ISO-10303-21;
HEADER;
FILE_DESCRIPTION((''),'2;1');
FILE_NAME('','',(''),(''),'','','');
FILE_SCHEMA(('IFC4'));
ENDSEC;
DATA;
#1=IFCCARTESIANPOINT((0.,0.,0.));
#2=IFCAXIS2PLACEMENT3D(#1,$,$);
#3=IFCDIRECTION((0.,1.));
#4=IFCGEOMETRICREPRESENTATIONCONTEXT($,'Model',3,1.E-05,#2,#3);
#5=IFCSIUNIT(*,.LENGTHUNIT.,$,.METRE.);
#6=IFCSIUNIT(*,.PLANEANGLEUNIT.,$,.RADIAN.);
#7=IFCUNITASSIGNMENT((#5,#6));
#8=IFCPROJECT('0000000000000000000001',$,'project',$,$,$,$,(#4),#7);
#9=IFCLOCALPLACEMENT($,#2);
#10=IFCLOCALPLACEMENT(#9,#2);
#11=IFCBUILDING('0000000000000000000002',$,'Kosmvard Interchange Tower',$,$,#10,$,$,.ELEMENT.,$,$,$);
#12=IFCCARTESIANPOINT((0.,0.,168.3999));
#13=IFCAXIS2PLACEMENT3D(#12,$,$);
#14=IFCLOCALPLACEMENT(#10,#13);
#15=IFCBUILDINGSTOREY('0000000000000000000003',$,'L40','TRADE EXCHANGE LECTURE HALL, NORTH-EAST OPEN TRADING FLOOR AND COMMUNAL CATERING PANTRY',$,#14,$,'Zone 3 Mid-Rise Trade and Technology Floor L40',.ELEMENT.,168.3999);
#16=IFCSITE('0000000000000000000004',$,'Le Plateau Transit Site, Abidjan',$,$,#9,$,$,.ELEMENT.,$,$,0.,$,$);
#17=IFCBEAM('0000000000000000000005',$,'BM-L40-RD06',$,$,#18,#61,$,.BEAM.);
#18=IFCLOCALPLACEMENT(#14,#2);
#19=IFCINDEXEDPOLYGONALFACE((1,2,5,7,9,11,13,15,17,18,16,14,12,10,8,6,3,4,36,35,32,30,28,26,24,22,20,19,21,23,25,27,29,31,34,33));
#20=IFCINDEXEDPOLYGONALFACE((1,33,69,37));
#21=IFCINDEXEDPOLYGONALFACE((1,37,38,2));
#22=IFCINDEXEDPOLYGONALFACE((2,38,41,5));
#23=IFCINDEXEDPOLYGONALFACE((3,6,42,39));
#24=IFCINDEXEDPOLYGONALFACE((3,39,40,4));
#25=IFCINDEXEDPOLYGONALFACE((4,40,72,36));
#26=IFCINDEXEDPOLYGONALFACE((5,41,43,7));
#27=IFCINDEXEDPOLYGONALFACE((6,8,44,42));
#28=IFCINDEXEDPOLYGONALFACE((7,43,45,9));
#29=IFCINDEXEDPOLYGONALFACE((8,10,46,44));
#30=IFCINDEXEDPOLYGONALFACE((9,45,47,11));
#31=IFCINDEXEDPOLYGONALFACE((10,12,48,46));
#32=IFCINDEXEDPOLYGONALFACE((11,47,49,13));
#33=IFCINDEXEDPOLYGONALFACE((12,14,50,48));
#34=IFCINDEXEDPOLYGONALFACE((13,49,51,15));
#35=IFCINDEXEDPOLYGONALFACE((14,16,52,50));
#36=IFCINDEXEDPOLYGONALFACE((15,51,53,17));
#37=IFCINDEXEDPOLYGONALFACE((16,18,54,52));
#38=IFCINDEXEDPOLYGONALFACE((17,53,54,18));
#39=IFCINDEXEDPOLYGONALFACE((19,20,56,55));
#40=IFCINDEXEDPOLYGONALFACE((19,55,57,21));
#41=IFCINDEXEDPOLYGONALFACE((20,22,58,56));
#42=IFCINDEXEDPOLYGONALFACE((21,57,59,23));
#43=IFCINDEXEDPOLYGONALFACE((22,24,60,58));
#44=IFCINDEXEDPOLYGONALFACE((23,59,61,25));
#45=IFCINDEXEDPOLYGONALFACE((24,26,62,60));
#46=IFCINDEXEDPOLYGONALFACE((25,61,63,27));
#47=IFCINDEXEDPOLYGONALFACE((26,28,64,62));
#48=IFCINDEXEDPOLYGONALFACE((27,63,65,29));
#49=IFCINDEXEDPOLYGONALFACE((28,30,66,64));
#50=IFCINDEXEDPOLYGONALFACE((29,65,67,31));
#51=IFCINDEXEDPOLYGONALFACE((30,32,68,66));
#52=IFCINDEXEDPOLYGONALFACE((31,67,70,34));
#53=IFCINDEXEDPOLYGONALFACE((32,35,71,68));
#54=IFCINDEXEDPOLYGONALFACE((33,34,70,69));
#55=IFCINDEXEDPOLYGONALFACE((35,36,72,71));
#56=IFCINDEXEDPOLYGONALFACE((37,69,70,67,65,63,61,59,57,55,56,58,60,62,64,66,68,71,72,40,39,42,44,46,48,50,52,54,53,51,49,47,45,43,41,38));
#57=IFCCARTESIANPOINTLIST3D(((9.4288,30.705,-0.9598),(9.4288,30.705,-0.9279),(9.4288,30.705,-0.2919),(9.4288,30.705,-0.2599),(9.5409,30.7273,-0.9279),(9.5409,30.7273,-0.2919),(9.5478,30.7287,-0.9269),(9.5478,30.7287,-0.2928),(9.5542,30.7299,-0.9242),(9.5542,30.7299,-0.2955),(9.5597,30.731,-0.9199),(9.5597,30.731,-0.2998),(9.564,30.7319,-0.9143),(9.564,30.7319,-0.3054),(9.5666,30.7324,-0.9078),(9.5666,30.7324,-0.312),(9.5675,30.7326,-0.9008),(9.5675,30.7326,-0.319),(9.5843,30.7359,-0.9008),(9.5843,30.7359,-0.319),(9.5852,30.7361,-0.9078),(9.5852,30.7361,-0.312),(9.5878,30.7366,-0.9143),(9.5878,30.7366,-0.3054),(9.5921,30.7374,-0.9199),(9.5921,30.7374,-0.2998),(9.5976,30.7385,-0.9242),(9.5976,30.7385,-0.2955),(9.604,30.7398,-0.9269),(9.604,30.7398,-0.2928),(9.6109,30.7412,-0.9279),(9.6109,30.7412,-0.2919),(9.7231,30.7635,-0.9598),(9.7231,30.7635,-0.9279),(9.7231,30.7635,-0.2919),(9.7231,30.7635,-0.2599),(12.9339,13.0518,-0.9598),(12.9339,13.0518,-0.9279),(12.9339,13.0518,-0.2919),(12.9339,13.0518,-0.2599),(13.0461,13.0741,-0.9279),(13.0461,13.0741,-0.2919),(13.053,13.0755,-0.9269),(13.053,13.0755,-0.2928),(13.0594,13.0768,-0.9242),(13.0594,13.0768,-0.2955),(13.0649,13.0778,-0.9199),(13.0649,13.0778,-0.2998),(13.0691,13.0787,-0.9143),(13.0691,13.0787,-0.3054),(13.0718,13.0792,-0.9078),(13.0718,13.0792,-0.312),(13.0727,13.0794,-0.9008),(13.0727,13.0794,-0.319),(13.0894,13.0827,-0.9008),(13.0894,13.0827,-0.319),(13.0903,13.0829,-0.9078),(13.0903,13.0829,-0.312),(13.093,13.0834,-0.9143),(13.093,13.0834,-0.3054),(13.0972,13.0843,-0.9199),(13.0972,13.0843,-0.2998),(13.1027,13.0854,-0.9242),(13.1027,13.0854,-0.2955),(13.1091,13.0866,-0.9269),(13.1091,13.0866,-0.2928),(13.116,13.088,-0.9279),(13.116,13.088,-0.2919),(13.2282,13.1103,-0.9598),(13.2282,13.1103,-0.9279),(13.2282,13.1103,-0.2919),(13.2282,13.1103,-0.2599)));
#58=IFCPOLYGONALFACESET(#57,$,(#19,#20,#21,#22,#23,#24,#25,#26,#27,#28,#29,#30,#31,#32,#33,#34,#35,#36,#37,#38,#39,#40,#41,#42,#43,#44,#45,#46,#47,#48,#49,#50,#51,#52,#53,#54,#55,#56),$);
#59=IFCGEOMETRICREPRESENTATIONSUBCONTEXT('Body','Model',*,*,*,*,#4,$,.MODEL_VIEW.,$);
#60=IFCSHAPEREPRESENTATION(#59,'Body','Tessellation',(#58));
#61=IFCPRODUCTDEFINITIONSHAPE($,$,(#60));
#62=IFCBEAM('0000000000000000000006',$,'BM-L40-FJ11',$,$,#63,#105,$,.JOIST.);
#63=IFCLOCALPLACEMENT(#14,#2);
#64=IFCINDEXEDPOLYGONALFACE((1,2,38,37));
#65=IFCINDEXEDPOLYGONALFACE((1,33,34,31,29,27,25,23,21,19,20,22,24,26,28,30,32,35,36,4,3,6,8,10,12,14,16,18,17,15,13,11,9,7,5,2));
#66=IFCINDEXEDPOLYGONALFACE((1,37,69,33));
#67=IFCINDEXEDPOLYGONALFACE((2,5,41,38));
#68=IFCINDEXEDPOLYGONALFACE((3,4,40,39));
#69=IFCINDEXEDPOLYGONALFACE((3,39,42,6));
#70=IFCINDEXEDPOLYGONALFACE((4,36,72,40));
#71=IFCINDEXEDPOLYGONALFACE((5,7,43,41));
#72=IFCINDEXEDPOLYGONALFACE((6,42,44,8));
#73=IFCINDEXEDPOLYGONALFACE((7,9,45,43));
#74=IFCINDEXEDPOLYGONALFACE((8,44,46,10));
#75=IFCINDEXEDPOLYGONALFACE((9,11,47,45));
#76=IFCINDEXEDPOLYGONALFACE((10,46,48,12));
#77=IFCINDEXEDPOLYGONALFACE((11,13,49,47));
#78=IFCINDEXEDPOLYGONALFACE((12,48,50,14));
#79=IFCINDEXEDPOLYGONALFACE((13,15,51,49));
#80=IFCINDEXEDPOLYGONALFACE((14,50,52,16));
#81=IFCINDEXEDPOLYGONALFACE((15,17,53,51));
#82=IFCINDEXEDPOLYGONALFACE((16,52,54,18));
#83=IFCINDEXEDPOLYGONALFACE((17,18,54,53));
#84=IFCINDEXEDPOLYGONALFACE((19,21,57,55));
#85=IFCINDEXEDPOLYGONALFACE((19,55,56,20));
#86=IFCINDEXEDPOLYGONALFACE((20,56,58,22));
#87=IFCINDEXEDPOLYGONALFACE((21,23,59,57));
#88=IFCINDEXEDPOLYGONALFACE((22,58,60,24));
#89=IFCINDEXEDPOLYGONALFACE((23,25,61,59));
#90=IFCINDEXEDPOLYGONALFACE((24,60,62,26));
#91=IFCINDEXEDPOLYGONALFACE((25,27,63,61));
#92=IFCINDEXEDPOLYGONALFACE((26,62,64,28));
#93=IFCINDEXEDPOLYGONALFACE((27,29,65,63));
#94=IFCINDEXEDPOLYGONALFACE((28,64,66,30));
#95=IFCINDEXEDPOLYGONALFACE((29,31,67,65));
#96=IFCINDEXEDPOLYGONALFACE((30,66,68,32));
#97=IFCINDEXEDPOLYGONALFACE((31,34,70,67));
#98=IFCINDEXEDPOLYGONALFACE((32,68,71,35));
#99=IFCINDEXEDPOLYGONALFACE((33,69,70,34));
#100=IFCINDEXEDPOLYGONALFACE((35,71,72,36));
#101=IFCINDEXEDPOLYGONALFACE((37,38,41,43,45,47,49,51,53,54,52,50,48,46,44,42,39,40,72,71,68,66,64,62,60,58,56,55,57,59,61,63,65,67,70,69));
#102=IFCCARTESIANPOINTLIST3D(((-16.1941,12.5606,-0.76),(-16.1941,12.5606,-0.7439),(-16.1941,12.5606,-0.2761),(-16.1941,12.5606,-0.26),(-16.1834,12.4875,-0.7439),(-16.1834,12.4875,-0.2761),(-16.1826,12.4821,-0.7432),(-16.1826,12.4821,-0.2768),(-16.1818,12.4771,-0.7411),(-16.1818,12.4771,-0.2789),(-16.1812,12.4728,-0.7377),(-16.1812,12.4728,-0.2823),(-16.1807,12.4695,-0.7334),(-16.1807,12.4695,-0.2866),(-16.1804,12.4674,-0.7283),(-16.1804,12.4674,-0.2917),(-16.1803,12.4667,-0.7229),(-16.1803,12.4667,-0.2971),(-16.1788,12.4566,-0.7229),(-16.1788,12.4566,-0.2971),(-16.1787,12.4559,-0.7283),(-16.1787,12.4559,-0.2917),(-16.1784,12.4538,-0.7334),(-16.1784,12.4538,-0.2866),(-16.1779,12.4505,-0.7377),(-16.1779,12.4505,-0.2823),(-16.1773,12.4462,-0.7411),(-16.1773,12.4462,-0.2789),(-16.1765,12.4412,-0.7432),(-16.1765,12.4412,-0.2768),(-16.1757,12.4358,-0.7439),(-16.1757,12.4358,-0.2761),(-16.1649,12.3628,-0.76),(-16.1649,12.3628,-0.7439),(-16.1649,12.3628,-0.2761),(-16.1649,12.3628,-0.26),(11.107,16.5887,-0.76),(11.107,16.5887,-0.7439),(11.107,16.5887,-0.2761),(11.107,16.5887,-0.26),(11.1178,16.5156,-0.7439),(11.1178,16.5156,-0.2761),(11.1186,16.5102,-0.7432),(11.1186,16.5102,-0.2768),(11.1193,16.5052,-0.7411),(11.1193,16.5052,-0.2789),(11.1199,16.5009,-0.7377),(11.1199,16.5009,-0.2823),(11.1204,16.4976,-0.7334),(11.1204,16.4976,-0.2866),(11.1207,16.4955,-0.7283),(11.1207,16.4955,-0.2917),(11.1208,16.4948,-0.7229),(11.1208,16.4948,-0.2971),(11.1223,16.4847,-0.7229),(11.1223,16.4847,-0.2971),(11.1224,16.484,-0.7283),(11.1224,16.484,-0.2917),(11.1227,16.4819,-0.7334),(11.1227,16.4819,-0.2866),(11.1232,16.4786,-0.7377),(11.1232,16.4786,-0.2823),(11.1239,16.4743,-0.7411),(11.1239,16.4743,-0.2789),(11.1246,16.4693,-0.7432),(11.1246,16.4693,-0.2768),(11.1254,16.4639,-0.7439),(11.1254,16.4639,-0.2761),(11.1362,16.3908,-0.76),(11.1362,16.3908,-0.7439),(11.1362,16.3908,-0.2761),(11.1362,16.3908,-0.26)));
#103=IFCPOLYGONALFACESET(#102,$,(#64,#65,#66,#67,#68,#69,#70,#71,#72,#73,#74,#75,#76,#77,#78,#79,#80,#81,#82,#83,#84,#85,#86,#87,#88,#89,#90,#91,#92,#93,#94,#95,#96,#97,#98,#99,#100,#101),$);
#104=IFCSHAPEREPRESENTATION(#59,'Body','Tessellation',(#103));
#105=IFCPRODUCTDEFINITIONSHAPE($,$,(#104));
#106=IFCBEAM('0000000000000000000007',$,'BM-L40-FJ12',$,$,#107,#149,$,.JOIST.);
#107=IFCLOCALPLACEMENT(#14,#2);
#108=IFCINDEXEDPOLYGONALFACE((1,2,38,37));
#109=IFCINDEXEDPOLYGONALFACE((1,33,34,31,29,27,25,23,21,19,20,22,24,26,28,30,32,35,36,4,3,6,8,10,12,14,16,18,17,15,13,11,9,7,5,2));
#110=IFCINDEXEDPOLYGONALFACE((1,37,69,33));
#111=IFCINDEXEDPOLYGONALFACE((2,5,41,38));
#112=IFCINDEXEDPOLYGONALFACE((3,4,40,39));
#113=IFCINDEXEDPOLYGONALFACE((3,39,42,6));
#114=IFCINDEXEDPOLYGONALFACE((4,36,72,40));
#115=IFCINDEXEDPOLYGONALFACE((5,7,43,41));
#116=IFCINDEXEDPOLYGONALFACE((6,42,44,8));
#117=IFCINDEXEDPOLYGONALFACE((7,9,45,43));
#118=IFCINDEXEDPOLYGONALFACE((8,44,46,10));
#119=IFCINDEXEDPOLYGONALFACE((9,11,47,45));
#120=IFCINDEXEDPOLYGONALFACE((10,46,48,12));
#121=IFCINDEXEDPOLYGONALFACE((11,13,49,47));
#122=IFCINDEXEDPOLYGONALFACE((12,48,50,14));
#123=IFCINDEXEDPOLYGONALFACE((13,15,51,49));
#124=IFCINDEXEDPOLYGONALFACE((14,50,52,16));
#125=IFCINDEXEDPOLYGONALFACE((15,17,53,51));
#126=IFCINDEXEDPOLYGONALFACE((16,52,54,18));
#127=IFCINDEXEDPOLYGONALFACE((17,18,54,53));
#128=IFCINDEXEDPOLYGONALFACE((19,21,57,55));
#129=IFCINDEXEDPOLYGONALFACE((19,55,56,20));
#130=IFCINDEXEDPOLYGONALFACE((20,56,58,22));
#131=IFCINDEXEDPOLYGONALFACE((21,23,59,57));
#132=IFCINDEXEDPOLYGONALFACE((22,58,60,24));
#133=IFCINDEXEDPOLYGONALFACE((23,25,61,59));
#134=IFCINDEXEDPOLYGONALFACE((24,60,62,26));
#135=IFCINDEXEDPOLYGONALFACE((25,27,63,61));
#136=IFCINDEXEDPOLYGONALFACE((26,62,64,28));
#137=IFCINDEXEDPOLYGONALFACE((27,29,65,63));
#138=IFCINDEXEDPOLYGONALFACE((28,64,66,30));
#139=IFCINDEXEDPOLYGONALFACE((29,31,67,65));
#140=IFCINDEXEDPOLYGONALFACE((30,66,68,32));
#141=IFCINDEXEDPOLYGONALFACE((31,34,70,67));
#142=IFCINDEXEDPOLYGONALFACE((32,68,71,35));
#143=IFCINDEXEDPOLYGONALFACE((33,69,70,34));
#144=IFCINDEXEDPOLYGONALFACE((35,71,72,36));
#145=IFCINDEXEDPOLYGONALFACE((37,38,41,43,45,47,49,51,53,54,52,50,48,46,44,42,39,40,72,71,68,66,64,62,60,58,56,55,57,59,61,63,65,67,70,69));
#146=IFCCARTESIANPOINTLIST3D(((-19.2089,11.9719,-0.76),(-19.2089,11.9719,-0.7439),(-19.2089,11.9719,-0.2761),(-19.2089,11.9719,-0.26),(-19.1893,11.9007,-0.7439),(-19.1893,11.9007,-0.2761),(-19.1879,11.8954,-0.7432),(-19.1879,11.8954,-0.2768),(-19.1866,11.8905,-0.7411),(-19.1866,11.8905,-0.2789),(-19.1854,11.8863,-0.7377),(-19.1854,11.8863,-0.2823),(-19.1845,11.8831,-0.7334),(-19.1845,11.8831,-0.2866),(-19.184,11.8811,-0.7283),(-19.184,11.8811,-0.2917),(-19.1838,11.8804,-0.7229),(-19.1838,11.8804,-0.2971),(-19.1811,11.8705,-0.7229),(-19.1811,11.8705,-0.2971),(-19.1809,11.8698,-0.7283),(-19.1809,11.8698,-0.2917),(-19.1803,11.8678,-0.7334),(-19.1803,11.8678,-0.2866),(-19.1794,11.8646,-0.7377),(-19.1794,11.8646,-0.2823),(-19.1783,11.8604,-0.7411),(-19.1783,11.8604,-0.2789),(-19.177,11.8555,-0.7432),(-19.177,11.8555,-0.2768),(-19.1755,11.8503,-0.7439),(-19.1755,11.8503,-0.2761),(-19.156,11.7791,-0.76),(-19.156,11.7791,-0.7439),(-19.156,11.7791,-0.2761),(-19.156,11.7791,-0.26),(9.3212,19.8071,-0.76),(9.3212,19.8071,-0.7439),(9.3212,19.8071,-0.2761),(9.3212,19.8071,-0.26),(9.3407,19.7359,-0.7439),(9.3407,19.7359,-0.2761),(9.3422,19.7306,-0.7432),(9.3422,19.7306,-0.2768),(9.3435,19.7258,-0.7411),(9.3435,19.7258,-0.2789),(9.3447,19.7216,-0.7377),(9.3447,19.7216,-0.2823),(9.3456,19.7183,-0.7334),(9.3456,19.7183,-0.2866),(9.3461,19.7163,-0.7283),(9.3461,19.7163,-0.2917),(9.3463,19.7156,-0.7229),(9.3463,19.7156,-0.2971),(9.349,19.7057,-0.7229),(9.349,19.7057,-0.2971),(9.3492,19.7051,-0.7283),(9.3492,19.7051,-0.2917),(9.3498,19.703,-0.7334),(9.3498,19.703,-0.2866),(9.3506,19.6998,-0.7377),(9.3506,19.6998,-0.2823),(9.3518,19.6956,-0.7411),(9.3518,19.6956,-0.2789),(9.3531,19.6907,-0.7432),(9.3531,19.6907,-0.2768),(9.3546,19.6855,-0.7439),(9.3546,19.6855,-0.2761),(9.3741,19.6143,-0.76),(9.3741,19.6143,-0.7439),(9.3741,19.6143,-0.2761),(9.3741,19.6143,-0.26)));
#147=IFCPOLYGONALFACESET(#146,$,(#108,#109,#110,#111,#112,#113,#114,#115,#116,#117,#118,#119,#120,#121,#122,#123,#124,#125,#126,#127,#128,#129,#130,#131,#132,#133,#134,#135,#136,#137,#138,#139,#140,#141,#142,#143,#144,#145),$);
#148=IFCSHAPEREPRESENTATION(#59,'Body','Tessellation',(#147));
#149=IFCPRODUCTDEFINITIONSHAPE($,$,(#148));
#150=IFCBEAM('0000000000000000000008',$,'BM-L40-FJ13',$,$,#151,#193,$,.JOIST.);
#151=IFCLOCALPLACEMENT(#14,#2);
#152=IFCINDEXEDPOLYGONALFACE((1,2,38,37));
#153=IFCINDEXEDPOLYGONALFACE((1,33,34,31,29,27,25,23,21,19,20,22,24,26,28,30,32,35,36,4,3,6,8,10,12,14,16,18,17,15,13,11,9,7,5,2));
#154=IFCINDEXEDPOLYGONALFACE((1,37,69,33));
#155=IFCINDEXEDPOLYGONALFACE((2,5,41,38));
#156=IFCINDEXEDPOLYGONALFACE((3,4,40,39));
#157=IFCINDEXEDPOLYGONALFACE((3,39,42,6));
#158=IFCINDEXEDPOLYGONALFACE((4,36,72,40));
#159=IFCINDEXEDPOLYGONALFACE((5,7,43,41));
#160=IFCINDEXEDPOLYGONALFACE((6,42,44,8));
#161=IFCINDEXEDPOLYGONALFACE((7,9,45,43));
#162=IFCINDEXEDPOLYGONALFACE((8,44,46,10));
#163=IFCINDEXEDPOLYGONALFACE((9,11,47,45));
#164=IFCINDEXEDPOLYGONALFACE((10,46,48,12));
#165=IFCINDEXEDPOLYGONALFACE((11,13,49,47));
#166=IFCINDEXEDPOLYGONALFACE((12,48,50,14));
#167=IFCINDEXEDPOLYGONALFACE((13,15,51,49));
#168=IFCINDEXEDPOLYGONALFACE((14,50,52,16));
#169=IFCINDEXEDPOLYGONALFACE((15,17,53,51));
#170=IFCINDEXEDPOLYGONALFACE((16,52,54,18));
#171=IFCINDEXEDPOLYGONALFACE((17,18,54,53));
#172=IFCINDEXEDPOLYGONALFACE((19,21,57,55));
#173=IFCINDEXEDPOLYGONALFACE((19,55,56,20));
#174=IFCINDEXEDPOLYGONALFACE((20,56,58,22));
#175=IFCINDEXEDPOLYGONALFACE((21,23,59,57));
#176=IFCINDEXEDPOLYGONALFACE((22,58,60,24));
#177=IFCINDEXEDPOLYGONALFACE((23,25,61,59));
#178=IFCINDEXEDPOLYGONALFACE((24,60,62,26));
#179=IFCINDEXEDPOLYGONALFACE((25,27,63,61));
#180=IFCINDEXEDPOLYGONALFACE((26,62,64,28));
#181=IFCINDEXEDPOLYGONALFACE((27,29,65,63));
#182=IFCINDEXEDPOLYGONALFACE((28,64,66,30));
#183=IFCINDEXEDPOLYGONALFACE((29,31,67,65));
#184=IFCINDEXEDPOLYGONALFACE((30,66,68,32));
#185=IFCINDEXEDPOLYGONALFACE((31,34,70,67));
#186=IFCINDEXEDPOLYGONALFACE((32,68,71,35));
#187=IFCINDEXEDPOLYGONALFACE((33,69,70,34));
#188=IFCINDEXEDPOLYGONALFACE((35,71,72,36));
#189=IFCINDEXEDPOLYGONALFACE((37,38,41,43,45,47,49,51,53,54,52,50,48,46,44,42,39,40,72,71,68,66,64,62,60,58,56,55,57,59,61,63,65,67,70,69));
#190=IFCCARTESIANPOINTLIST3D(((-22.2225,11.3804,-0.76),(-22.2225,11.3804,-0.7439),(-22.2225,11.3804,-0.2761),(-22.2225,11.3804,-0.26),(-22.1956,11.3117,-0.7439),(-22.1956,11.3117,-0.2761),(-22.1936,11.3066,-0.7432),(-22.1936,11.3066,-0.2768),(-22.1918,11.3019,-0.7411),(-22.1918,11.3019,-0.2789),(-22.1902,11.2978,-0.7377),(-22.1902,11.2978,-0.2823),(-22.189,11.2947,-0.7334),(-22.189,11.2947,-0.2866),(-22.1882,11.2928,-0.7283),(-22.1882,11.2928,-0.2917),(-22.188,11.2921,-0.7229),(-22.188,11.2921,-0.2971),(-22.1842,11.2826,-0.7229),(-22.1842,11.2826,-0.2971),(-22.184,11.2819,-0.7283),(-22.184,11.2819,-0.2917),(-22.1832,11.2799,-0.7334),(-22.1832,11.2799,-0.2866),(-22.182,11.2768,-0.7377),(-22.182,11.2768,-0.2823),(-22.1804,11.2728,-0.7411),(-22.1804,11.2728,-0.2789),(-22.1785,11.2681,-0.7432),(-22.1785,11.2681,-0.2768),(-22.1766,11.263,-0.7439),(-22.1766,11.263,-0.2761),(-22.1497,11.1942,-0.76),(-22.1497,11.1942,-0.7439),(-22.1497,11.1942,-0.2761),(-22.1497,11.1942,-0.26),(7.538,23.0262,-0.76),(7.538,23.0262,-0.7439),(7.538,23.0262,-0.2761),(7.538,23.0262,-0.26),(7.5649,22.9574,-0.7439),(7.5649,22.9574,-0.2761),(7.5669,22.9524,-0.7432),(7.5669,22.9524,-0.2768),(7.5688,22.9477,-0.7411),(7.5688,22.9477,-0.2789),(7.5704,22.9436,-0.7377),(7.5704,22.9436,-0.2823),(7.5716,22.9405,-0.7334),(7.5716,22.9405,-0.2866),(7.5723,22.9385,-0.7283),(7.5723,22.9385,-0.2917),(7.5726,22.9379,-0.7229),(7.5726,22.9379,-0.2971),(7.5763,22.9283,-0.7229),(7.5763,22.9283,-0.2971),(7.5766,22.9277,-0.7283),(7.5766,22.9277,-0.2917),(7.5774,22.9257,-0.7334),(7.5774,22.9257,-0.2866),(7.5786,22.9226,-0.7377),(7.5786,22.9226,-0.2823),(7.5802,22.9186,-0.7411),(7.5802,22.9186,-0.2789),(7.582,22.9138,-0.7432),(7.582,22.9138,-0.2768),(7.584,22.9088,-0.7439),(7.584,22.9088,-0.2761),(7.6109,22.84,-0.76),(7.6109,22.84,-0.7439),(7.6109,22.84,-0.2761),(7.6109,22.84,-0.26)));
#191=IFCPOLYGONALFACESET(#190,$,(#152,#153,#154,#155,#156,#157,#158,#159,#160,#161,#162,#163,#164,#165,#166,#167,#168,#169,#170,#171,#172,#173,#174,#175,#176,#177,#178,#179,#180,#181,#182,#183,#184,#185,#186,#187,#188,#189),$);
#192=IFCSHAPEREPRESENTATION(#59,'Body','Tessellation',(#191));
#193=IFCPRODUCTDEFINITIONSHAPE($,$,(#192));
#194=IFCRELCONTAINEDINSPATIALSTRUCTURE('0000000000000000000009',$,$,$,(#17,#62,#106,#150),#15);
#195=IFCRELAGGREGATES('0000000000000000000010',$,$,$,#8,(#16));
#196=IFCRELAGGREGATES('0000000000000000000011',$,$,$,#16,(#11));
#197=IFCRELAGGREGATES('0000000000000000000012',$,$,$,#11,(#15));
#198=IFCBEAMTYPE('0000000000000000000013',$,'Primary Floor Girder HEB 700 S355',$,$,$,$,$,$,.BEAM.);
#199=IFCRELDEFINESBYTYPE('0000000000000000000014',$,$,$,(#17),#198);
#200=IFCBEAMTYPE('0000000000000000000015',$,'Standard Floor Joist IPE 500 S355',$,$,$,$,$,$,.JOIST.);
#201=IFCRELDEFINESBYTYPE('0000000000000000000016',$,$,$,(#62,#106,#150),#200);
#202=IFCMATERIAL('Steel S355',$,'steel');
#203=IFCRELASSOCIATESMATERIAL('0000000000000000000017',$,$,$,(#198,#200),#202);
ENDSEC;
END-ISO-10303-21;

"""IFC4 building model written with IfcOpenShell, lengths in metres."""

from ifc_helpers import new_model, si_unit, direction, frame, origin, origin_2d, place, context, subcontext, project, spatial, i_section, extrude, source, transform, mapped, material, material_profile, profile_set, type_object, element, save


model = new_model("IFC4")

# Units and contexts
model_context = context("Model", 3, precision=1e-05, world=origin(), true_north=direction((0.0, 1.0)))
body_context = subcontext(model_context, "Body", "Model", "MODEL_VIEW")
ifc_project = project(units=[si_unit("LENGTHUNIT", "METRE"), si_unit("PLANEANGLEUNIT", "RADIAN")], contexts=[model_context])

# Site, building, storey
site_placement = place(None, origin())
site = spatial("IfcSite", under=ifc_project, at=site_placement, Name="Le Plateau Transit Site, Abidjan", CompositionType="ELEMENT", RefElevation=0.0)
building_placement = place(site_placement, origin())
building = spatial("IfcBuilding", under=site, at=building_placement, Name="Kosmvard Interchange Tower", CompositionType="ELEMENT")
storey_placement = place(building_placement, frame((0.0, 0.0, 168.3999)))
storey = spatial("IfcBuildingStorey", under=building, at=storey_placement, Name="L40", Description="TRADE EXCHANGE LECTURE HALL, NORTH-EAST OPEN TRADING FLOOR AND COMMUNAL CATERING PANTRY", LongName="Zone 3 Mid-Rise Trade and Technology Floor L40", CompositionType="ELEMENT", Elevation=168.3999)

# Beams
ifc_material_1 = material(Name="Steel S355", Category="steel")
ifc_material_profile_1 = material_profile(ifc_material_1, i_section(OverallWidth=0.3, OverallDepth=0.7, WebThickness=0.0171, FlangeThickness=0.032, FilletRadius=0.0271, at=origin_2d()), Name="HEB 700")
ifc_profile_set_1 = profile_set([ifc_material_profile_1], Name="Steel S355")
beam_type_1 = type_object("IfcBeamType", Name="Primary Floor Girder HEB 700 S355", PredefinedType="BEAM", material=ifc_profile_set_1)
shared_shape_1 = source(origin(), body_context, "Body", "SweptSolid", [
    extrude(i_section(OverallWidth=0.3, OverallDepth=0.7, WebThickness=0.0171, FlangeThickness=0.032, FilletRadius=0.0271, at=origin_2d()), origin(), (0.0, 0.0, 1.0), 17.9978),
])
beam_1_placement = place(storey_placement, frame((13.0811, 13.0811, -0.6099), z_axis=(-0.194754, 0.980852, 0.0), x_axis=(-0.980852, -0.194754, 0.0)))
element("IfcBeam", 1, at=beam_1_placement, inside=storey, type_object=beam_type_1, Name="BM-L40-RD06", PredefinedType="BEAM", context=body_context, shape_type="MappedRepresentation", body=[
    mapped(shared_shape_1, transform((0.0, 0.0, 0.0), scale=1.0)),
])
ifc_material_profile_2 = material_profile(ifc_material_1, i_section(OverallWidth=0.2, OverallDepth=0.5, WebThickness=0.0103, FlangeThickness=0.0161, FilletRadius=0.021, at=origin_2d()), Name="IPE 500")
ifc_profile_set_2 = profile_set([ifc_material_profile_2], Name="Steel S355")
beam_type_2 = type_object("IfcBeamType", Name="Standard Floor Joist IPE 500 S355", PredefinedType="JOIST", material=ifc_profile_set_2)
shared_shape_2 = source(origin(), body_context, "Body", "SweptSolid", [
    extrude(i_section(OverallWidth=0.2, OverallDepth=0.5, WebThickness=0.0103, FlangeThickness=0.0161, FilletRadius=0.021, at=origin_2d()), origin(), (0.0, 0.0, 1.0), 27.5967),
])
beam_2_placement = place(storey_placement, frame((11.1216, 16.4897, -0.51), z_axis=(-0.98929, -0.145963, 0.0), x_axis=(0.145963, -0.98929, 0.0)))
element("IfcBeam", 2, at=beam_2_placement, inside=storey, type_object=beam_type_2, Name="BM-L40-FJ11", PredefinedType="JOIST", context=body_context, shape_type="MappedRepresentation", body=[
    mapped(shared_shape_2, transform((0.0, 0.0, 0.0), scale=1.0)),
])
shared_shape_3 = source(origin(), body_context, "Body", "SweptSolid", [
    extrude(i_section(OverallWidth=0.2, OverallDepth=0.5, WebThickness=0.0103, FlangeThickness=0.0161, FilletRadius=0.021, at=origin_2d()), origin(), (0.0, 0.0, 1.0), 29.5864),
])
beam_3_placement = place(storey_placement, frame((9.3477, 19.7107, -0.51), z_axis=(-0.964297, -0.264825, 0.0), x_axis=(0.264825, -0.964297, 0.0)))
element("IfcBeam", 3, at=beam_3_placement, inside=storey, type_object=beam_type_2, Name="BM-L40-FJ12", PredefinedType="JOIST", context=body_context, shape_type="MappedRepresentation", body=[
    mapped(shared_shape_3, transform((0.0, 0.0, 0.0), scale=1.0)),
])
shared_shape_4 = source(origin(), body_context, "Body", "SweptSolid", [
    extrude(i_section(OverallWidth=0.2, OverallDepth=0.5, WebThickness=0.0103, FlangeThickness=0.0161, FilletRadius=0.021, at=origin_2d()), origin(), (0.0, 0.0, 1.0), 31.958),
])
beam_4_placement = place(storey_placement, frame((7.5745, 22.9331, -0.51), z_axis=(-0.931239, -0.364409, 0.0), x_axis=(0.364409, -0.931239, 0.0)))
element("IfcBeam", 4, at=beam_4_placement, inside=storey, type_object=beam_type_2, Name="BM-L40-FJ13", PredefinedType="JOIST", context=body_context, shape_type="MappedRepresentation", body=[
    mapped(shared_shape_4, transform((0.0, 0.0, 0.0), scale=1.0)),
])

save(model, "model.ifc")
